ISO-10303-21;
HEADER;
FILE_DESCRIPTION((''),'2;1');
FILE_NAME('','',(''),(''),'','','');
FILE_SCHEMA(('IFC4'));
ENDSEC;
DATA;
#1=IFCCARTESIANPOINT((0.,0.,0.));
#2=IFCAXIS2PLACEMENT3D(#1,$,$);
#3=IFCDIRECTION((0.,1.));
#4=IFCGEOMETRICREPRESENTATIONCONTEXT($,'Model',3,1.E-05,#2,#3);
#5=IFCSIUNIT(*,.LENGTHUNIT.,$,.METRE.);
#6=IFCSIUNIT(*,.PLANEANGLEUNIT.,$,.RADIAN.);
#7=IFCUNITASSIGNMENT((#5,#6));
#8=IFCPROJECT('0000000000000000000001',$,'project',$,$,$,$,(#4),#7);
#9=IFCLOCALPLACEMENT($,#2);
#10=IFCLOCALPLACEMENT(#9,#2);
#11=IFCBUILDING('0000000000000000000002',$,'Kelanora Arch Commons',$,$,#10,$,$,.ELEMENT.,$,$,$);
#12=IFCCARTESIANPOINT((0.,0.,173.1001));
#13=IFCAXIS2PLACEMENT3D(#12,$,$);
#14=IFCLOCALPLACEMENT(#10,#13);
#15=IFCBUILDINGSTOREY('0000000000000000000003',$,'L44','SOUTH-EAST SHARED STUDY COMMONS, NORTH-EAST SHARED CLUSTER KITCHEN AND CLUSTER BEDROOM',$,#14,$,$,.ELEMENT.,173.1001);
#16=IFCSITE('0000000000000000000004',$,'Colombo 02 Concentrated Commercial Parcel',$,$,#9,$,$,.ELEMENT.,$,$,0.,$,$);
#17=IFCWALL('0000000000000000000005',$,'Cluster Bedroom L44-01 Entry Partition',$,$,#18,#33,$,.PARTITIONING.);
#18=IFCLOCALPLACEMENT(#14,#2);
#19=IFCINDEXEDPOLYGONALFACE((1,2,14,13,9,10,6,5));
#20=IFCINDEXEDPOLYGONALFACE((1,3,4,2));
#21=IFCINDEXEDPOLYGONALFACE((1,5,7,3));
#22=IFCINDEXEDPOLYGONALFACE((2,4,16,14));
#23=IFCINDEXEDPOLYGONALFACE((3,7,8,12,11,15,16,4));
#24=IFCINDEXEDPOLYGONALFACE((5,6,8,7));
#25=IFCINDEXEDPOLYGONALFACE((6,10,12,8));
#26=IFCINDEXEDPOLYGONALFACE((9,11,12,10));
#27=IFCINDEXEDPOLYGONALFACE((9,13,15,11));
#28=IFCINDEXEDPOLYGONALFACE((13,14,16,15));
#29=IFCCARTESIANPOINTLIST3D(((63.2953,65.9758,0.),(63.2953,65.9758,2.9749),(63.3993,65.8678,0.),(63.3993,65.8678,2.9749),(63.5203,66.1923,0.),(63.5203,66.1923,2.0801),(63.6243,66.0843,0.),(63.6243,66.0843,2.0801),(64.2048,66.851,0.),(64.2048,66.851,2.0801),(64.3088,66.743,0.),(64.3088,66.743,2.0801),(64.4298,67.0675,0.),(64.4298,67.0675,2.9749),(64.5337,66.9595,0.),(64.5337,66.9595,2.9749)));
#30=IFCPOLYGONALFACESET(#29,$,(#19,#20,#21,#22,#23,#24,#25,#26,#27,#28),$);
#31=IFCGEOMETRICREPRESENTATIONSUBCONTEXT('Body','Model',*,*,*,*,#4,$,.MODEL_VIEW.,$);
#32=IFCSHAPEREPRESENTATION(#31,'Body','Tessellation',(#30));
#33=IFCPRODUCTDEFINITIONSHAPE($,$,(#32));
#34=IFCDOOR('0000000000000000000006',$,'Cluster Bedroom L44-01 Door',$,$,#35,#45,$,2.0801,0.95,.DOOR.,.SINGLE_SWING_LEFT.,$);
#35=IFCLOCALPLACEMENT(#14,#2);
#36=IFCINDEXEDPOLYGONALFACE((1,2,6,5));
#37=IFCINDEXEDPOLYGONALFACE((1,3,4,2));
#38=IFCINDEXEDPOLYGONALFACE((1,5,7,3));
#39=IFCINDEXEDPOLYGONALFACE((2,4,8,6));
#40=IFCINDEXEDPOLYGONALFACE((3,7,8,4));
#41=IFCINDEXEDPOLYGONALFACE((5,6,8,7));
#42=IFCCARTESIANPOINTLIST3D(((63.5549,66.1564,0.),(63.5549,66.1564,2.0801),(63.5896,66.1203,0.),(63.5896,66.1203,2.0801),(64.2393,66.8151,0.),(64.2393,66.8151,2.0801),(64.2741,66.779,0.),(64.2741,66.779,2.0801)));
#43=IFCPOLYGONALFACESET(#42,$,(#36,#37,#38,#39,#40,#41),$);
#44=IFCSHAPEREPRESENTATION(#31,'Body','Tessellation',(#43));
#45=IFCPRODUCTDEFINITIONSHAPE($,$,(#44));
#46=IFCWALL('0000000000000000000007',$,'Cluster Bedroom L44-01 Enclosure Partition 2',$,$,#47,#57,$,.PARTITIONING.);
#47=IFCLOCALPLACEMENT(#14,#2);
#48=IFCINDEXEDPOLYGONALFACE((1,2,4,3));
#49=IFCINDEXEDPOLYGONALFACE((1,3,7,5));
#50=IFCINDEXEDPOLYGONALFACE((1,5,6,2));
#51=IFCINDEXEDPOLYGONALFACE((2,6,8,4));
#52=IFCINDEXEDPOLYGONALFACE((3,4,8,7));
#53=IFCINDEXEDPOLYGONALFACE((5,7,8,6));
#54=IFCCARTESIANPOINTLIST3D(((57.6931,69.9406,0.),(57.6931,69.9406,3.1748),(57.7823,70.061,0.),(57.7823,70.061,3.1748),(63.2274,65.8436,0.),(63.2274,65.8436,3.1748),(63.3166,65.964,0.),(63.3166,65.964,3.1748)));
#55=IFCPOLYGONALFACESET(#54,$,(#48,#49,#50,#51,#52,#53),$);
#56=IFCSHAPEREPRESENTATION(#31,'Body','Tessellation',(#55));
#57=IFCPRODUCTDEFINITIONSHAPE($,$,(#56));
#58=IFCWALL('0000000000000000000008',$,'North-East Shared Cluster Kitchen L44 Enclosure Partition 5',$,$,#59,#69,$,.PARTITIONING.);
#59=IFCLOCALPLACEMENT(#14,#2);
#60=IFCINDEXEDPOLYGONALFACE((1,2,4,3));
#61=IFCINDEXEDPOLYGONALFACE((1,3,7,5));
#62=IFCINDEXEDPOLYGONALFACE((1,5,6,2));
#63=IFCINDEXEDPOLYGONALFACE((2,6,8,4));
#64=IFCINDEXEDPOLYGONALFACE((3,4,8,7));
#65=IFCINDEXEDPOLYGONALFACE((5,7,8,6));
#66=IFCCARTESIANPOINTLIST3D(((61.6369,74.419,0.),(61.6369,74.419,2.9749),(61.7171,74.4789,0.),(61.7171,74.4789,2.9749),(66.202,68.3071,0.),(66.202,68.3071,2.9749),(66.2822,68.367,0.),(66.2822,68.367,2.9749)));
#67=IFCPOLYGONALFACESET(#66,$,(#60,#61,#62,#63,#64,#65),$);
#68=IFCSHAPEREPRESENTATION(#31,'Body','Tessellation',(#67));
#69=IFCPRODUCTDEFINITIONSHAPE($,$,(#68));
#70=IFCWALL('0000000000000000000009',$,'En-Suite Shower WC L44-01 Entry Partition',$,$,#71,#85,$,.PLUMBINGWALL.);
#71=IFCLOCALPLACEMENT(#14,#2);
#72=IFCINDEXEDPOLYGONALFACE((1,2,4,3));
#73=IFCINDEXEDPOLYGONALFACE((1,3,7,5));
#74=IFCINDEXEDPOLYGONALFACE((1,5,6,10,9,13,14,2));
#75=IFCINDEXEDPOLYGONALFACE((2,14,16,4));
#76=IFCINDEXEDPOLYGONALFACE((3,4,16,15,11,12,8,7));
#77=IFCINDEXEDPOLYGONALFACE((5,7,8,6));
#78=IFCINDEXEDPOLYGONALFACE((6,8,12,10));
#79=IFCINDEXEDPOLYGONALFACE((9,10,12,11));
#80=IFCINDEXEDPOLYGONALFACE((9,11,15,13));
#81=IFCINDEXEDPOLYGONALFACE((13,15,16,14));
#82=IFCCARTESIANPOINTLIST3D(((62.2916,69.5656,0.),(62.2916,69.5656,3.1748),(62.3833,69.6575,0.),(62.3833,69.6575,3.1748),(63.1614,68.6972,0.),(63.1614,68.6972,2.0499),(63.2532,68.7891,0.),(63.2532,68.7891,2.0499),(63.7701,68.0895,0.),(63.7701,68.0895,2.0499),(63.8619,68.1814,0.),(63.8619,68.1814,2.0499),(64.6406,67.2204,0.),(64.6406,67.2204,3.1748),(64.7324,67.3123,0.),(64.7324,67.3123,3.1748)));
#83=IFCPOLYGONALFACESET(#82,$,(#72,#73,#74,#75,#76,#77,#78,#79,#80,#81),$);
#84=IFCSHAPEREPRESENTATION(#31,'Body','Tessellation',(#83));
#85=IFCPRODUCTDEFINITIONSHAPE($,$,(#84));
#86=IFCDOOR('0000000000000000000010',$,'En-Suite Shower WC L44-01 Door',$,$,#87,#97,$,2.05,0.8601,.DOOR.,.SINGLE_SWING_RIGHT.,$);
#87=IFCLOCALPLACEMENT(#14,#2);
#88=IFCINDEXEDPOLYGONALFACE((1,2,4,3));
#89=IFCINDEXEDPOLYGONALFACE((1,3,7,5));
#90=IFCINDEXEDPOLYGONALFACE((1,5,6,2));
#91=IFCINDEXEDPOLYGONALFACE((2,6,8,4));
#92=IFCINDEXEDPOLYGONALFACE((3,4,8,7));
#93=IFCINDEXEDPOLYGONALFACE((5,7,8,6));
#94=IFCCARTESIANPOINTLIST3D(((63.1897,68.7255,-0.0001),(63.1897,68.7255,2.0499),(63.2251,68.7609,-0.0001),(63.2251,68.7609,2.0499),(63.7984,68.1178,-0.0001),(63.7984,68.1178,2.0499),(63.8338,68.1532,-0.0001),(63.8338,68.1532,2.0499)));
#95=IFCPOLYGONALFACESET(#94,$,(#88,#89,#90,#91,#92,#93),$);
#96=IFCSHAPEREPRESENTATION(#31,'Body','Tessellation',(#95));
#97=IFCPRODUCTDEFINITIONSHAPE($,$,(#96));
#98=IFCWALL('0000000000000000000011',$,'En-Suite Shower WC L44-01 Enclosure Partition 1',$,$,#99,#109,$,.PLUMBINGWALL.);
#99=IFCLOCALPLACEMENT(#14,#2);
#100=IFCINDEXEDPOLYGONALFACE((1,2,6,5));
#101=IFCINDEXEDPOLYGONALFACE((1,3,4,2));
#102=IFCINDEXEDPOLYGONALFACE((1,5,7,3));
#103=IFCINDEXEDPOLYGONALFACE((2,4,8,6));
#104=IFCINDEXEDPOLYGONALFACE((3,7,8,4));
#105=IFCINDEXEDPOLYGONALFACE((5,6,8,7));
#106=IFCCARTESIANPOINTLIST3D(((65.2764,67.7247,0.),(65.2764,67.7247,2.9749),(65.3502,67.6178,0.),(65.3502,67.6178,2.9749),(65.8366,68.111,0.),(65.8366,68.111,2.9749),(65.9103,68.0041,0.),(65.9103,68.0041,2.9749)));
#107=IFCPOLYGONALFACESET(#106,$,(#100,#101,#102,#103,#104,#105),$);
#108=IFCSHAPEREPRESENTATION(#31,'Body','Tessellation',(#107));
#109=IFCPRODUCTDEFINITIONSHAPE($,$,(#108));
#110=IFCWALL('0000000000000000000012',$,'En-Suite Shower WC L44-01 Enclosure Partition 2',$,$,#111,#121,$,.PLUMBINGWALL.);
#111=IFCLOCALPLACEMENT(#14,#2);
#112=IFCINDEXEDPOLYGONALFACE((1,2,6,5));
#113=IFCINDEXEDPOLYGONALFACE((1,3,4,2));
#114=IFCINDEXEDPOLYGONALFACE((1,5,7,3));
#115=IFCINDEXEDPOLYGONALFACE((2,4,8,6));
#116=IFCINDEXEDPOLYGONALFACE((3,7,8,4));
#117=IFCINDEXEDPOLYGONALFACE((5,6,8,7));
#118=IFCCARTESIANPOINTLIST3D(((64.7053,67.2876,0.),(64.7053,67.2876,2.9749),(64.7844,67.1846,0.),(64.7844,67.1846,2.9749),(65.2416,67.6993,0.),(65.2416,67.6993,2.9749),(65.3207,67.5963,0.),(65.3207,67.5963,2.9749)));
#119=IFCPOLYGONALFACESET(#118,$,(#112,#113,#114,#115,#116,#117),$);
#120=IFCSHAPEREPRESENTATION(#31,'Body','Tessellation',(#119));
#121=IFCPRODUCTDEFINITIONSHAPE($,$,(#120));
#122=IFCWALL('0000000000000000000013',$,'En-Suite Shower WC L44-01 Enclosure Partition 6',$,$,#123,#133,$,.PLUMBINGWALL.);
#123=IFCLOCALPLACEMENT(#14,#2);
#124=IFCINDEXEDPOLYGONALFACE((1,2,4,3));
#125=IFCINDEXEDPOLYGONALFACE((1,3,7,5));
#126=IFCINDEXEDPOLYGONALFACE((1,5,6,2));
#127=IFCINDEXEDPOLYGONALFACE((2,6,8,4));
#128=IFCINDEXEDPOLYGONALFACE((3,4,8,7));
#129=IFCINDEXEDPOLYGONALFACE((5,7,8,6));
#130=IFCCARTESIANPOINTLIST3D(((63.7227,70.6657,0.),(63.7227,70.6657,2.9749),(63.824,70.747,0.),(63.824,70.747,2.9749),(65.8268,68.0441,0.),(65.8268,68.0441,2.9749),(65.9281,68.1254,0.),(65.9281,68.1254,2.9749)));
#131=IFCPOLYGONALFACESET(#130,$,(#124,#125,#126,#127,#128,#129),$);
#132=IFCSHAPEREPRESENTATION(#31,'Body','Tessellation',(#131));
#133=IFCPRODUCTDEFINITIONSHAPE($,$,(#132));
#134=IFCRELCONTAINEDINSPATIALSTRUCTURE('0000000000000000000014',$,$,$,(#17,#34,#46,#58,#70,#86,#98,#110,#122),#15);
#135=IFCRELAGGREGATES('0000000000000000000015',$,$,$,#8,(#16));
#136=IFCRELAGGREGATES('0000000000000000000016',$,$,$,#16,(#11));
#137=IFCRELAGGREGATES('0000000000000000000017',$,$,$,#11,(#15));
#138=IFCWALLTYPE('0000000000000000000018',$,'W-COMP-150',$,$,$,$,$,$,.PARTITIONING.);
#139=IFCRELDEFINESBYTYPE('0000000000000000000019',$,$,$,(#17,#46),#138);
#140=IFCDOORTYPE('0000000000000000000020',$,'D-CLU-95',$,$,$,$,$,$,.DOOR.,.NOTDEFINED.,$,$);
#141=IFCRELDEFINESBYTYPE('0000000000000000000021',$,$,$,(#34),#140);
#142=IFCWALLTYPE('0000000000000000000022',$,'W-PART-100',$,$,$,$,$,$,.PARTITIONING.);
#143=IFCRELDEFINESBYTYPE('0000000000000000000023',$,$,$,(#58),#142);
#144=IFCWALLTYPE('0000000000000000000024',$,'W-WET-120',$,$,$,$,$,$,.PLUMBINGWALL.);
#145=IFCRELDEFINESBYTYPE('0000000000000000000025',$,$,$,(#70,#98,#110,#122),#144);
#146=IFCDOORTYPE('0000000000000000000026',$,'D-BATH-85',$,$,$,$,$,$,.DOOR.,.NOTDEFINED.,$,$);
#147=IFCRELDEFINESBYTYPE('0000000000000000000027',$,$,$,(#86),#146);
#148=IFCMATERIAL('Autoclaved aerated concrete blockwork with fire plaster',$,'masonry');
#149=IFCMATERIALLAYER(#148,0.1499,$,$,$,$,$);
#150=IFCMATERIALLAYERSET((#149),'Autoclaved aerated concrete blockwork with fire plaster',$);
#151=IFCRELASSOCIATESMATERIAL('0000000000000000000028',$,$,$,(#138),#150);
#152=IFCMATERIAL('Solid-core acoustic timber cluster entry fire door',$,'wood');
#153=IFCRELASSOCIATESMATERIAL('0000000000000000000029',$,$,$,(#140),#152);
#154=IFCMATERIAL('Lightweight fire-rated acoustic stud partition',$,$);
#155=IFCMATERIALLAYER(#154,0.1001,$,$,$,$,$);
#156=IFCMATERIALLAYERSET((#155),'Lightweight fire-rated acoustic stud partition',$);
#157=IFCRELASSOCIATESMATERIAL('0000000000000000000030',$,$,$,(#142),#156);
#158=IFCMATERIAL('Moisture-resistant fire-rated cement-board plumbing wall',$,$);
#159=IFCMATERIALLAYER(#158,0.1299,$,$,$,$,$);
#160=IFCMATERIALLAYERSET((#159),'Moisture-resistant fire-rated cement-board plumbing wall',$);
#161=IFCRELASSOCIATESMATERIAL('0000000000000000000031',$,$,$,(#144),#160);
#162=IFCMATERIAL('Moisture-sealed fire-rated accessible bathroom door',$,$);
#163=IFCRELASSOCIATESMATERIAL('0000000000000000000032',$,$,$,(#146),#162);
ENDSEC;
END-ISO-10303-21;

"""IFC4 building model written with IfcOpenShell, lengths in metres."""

from ifc_helpers import new_model, si_unit, direction, frame, frame_2d, origin, place, context, subcontext, project, spatial, rectangle, extrude, material, layer, layer_set, type_object, element, fill, save


model = new_model("IFC4")

# Units and contexts
model_context = context("Model", 3, precision=1e-05, world=origin(), true_north=direction((0.0, 1.0)))
body_context = subcontext(model_context, "Body", "Model", "MODEL_VIEW")
ifc_project = project(units=[si_unit("LENGTHUNIT", "METRE"), si_unit("PLANEANGLEUNIT", "RADIAN")], contexts=[model_context])

# Site, building, storey
site_placement = place(None, origin())
site = spatial("IfcSite", under=ifc_project, at=site_placement, Name="Colombo 02 Concentrated Commercial Parcel", CompositionType="ELEMENT", RefElevation=0.0)
building_placement = place(site_placement, origin())
building = spatial("IfcBuilding", under=site, at=building_placement, Name="Kelanora Arch Commons", CompositionType="ELEMENT")
storey_placement = place(building_placement, frame((0.0, 0.0, 173.1001)))
storey = spatial("IfcBuildingStorey", under=building, at=storey_placement, Name="L44", Description="SOUTH-EAST SHARED STUDY COMMONS, NORTH-EAST SHARED CLUSTER KITCHEN AND CLUSTER BEDROOM", CompositionType="ELEMENT", Elevation=173.1001)

# Wall, opening, door
ifc_material_1 = material(Name="Autoclaved aerated concrete blockwork with fire plaster", Category="masonry")
ifc_layer_1 = layer(ifc_material_1, 0.1499)
ifc_layer_set_1 = layer_set([ifc_layer_1], Name="Autoclaved aerated concrete blockwork with fire plaster")
wall_type_1 = type_object("IfcWallType", Name="W-COMP-150", PredefinedType="PARTITIONING", material=ifc_layer_set_1)
wall_1_placement = place(storey_placement, frame((64.4817, 67.0134, 0.0), z_axis=(0.0, 0.0, 1.0), x_axis=(-0.720544, -0.693409, 0.0)))
wall_1 = element("IfcWall", 1, at=wall_1_placement, inside=storey, type_object=wall_type_1, Name="Cluster Bedroom L44-01 Entry Partition", PredefinedType="PARTITIONING", context=body_context, shape_type="SweptSolid", body=[
    extrude(rectangle(XDim=1.5745, YDim=0.1499, at=frame_2d((0.7871, 0.0))), origin(), (0.0, 0.0, 1.0), 2.9749),
])
opening_1_placement = place(wall_1_placement, frame((0.312, 0.0, 0.0)))
opening_1 = element("IfcOpeningElement", 2, at=opening_1_placement, cuts=wall_1, PredefinedType="OPENING", context=body_context, shape_type="SweptSolid", body=[
    extrude(rectangle(XDim=0.95, YDim=2.0801, at=frame_2d((0.4751, 1.04))), frame((0.0, 0.085, 0.0), z_axis=(0.0, -1.0, 0.0), x_axis=(1.0, 0.0, 0.0)), (0.0, 0.0, 1.0), 0.1699),
])
ifc_material_2 = material(Name="Solid-core acoustic timber cluster entry fire door", Category="wood")
door_type_1 = type_object("IfcDoorType", Name="D-CLU-95", OperationType="NOTDEFINED", PredefinedType="DOOR", material=ifc_material_2)
door_1_placement = place(opening_1_placement, origin())
door_1 = element("IfcDoor", 3, at=door_1_placement, inside=storey, type_object=door_type_1, Name="Cluster Bedroom L44-01 Door", OperationType="SINGLE_SWING_LEFT", OverallHeight=2.0801, OverallWidth=0.95, PredefinedType="DOOR", context=body_context, shape_type="SweptSolid", body=[
    extrude(rectangle(XDim=0.95, YDim=2.0801, at=frame_2d((0.4751, 1.04))), frame((0.0, 0.0249, 0.0), z_axis=(0.0, -1.0, 0.0), x_axis=(1.0, 0.0, 0.0)), (0.0, 0.0, 1.0), 0.05),
])
fill(opening_1, door_1)

# Walls
wall_2_placement = place(storey_placement, frame((63.272, 65.9038, 0.0), z_axis=(0.0, 0.0, 1.0), x_axis=(-0.803729, 0.594996, 0.0)))
element("IfcWall", 4, at=wall_2_placement, inside=storey, type_object=wall_type_1, Name="Cluster Bedroom L44-01 Enclosure Partition 2", PredefinedType="PARTITIONING", context=body_context, shape_type="SweptSolid", body=[
    extrude(rectangle(XDim=6.8857, YDim=0.1499, at=frame_2d((3.4429, 0.0))), origin(), (0.0, 0.0, 1.0), 3.1748),
])
ifc_material_3 = material(Name="Lightweight fire-rated acoustic stud partition")
ifc_layer_2 = layer(ifc_material_3, 0.1001)
ifc_layer_set_2 = layer_set([ifc_layer_2], Name="Lightweight fire-rated acoustic stud partition")
wall_type_2 = type_object("IfcWallType", Name="W-PART-100", PredefinedType="PARTITIONING", material=ifc_layer_set_2)
wall_3_placement = place(storey_placement, frame((66.2422, 68.3369, 0.0), z_axis=(0.0, 0.0, 1.0), x_axis=(-0.598417, 0.801185, 0.0)))
element("IfcWall", 5, at=wall_3_placement, inside=storey, type_object=wall_type_2, Name="North-East Shared Cluster Kitchen L44 Enclosure Partition 5", PredefinedType="PARTITIONING", context=body_context, shape_type="SweptSolid", body=[
    extrude(rectangle(XDim=7.6287, YDim=0.1001, at=frame_2d((3.8145, 0.0))), origin(), (0.0, 0.0, 1.0), 2.9749),
])

# Wall, opening, door
ifc_material_4 = material(Name="Moisture-resistant fire-rated cement-board plumbing wall")
ifc_layer_3 = layer(ifc_material_4, 0.1299)
ifc_layer_set_3 = layer_set([ifc_layer_3], Name="Moisture-resistant fire-rated cement-board plumbing wall")
wall_type_3 = type_object("IfcWallType", Name="W-WET-120", PredefinedType="PLUMBINGWALL", material=ifc_layer_set_3)
wall_4_placement = place(storey_placement, frame((64.6865, 67.2664, 0.0), z_axis=(0.0, 0.0, 1.0), x_axis=(-0.707695, 0.706518, 0.0)))
wall_4 = element("IfcWall", 6, at=wall_4_placement, inside=storey, type_object=wall_type_3, Name="En-Suite Shower WC L44-01 Entry Partition", PredefinedType="PLUMBINGWALL", context=body_context, shape_type="SweptSolid", body=[
    extrude(rectangle(XDim=3.3193, YDim=0.1299, at=frame_2d((1.6597, 0.0))), origin(), (0.0, 0.0, 1.0), 3.1748),
])
opening_2_placement = place(wall_4_placement, frame((1.23, 0.0, 0.0)))
opening_2 = element("IfcOpeningElement", 7, at=opening_2_placement, cuts=wall_4, PredefinedType="OPENING", context=body_context, shape_type="SweptSolid", body=[
    extrude(rectangle(XDim=0.8601, YDim=2.05, at=frame_2d((0.4302, 1.0249))), frame((0.0, 0.075, 0.0), z_axis=(0.0, -1.0, 0.0), x_axis=(1.0, 0.0, 0.0)), (0.0, 0.0, 1.0), 0.1499),
])
ifc_material_5 = material(Name="Moisture-sealed fire-rated accessible bathroom door")
door_type_2 = type_object("IfcDoorType", Name="D-BATH-85", OperationType="NOTDEFINED", PredefinedType="DOOR", material=ifc_material_5)
door_2_placement = place(opening_2_placement, origin())
door_2 = element("IfcDoor", 8, at=door_2_placement, inside=storey, type_object=door_type_2, Name="En-Suite Shower WC L44-01 Door", OperationType="SINGLE_SWING_RIGHT", OverallHeight=2.05, OverallWidth=0.8601, PredefinedType="DOOR", context=body_context, shape_type="SweptSolid", body=[
    extrude(rectangle(XDim=0.8601, YDim=2.05, at=frame_2d((0.4302, 1.0249))), frame((0.0, 0.0249, 0.0), z_axis=(0.0, -1.0, 0.0), x_axis=(1.0, 0.0, 0.0)), (0.0, 0.0, 1.0), 0.05),
])
fill(opening_2, door_2)

# Walls
wall_5_placement = place(storey_placement, frame((65.8735, 68.0576, 0.0), z_axis=(0.0, 0.0, 1.0), x_axis=(-0.823224, -0.567716, 0.0)))
element("IfcWall", 9, at=wall_5_placement, inside=storey, type_object=wall_type_3, Name="En-Suite Shower WC L44-01 Enclosure Partition 1", PredefinedType="PLUMBINGWALL", context=body_context, shape_type="SweptSolid", body=[
    extrude(rectangle(XDim=0.6804, YDim=0.1299, at=frame_2d((0.3403, 0.0))), origin(), (0.0, 0.0, 1.0), 2.9749),
])
wall_6_placement = place(storey_placement, frame((65.281, 67.6477, 0.0), z_axis=(0.0, 0.0, 1.0), x_axis=(-0.793188, -0.608977, 0.0)))
element("IfcWall", 10, at=wall_6_placement, inside=storey, type_object=wall_type_3, Name="En-Suite Shower WC L44-01 Enclosure Partition 2", PredefinedType="PLUMBINGWALL", context=body_context, shape_type="SweptSolid", body=[
    extrude(rectangle(XDim=0.676, YDim=0.1299, at=frame_2d((0.3379, 0.0))), origin(), (0.0, 0.0, 1.0), 2.9749),
])
wall_7_placement = place(storey_placement, frame((63.7734, 70.7063, 0.0), z_axis=(0.0, 0.0, 1.0), x_axis=(0.625917, -0.77989, 0.0)))
element("IfcWall", 11, at=wall_7_placement, inside=storey, type_object=wall_type_3, Name="En-Suite Shower WC L44-01 Enclosure Partition 6", PredefinedType="PLUMBINGWALL", context=body_context, shape_type="SweptSolid", body=[
    extrude(rectangle(XDim=3.3616, YDim=0.1299, at=frame_2d((1.6807, 0.0))), origin(), (0.0, 0.0, 1.0), 2.9749),
])

save(model, "model.ifc")
